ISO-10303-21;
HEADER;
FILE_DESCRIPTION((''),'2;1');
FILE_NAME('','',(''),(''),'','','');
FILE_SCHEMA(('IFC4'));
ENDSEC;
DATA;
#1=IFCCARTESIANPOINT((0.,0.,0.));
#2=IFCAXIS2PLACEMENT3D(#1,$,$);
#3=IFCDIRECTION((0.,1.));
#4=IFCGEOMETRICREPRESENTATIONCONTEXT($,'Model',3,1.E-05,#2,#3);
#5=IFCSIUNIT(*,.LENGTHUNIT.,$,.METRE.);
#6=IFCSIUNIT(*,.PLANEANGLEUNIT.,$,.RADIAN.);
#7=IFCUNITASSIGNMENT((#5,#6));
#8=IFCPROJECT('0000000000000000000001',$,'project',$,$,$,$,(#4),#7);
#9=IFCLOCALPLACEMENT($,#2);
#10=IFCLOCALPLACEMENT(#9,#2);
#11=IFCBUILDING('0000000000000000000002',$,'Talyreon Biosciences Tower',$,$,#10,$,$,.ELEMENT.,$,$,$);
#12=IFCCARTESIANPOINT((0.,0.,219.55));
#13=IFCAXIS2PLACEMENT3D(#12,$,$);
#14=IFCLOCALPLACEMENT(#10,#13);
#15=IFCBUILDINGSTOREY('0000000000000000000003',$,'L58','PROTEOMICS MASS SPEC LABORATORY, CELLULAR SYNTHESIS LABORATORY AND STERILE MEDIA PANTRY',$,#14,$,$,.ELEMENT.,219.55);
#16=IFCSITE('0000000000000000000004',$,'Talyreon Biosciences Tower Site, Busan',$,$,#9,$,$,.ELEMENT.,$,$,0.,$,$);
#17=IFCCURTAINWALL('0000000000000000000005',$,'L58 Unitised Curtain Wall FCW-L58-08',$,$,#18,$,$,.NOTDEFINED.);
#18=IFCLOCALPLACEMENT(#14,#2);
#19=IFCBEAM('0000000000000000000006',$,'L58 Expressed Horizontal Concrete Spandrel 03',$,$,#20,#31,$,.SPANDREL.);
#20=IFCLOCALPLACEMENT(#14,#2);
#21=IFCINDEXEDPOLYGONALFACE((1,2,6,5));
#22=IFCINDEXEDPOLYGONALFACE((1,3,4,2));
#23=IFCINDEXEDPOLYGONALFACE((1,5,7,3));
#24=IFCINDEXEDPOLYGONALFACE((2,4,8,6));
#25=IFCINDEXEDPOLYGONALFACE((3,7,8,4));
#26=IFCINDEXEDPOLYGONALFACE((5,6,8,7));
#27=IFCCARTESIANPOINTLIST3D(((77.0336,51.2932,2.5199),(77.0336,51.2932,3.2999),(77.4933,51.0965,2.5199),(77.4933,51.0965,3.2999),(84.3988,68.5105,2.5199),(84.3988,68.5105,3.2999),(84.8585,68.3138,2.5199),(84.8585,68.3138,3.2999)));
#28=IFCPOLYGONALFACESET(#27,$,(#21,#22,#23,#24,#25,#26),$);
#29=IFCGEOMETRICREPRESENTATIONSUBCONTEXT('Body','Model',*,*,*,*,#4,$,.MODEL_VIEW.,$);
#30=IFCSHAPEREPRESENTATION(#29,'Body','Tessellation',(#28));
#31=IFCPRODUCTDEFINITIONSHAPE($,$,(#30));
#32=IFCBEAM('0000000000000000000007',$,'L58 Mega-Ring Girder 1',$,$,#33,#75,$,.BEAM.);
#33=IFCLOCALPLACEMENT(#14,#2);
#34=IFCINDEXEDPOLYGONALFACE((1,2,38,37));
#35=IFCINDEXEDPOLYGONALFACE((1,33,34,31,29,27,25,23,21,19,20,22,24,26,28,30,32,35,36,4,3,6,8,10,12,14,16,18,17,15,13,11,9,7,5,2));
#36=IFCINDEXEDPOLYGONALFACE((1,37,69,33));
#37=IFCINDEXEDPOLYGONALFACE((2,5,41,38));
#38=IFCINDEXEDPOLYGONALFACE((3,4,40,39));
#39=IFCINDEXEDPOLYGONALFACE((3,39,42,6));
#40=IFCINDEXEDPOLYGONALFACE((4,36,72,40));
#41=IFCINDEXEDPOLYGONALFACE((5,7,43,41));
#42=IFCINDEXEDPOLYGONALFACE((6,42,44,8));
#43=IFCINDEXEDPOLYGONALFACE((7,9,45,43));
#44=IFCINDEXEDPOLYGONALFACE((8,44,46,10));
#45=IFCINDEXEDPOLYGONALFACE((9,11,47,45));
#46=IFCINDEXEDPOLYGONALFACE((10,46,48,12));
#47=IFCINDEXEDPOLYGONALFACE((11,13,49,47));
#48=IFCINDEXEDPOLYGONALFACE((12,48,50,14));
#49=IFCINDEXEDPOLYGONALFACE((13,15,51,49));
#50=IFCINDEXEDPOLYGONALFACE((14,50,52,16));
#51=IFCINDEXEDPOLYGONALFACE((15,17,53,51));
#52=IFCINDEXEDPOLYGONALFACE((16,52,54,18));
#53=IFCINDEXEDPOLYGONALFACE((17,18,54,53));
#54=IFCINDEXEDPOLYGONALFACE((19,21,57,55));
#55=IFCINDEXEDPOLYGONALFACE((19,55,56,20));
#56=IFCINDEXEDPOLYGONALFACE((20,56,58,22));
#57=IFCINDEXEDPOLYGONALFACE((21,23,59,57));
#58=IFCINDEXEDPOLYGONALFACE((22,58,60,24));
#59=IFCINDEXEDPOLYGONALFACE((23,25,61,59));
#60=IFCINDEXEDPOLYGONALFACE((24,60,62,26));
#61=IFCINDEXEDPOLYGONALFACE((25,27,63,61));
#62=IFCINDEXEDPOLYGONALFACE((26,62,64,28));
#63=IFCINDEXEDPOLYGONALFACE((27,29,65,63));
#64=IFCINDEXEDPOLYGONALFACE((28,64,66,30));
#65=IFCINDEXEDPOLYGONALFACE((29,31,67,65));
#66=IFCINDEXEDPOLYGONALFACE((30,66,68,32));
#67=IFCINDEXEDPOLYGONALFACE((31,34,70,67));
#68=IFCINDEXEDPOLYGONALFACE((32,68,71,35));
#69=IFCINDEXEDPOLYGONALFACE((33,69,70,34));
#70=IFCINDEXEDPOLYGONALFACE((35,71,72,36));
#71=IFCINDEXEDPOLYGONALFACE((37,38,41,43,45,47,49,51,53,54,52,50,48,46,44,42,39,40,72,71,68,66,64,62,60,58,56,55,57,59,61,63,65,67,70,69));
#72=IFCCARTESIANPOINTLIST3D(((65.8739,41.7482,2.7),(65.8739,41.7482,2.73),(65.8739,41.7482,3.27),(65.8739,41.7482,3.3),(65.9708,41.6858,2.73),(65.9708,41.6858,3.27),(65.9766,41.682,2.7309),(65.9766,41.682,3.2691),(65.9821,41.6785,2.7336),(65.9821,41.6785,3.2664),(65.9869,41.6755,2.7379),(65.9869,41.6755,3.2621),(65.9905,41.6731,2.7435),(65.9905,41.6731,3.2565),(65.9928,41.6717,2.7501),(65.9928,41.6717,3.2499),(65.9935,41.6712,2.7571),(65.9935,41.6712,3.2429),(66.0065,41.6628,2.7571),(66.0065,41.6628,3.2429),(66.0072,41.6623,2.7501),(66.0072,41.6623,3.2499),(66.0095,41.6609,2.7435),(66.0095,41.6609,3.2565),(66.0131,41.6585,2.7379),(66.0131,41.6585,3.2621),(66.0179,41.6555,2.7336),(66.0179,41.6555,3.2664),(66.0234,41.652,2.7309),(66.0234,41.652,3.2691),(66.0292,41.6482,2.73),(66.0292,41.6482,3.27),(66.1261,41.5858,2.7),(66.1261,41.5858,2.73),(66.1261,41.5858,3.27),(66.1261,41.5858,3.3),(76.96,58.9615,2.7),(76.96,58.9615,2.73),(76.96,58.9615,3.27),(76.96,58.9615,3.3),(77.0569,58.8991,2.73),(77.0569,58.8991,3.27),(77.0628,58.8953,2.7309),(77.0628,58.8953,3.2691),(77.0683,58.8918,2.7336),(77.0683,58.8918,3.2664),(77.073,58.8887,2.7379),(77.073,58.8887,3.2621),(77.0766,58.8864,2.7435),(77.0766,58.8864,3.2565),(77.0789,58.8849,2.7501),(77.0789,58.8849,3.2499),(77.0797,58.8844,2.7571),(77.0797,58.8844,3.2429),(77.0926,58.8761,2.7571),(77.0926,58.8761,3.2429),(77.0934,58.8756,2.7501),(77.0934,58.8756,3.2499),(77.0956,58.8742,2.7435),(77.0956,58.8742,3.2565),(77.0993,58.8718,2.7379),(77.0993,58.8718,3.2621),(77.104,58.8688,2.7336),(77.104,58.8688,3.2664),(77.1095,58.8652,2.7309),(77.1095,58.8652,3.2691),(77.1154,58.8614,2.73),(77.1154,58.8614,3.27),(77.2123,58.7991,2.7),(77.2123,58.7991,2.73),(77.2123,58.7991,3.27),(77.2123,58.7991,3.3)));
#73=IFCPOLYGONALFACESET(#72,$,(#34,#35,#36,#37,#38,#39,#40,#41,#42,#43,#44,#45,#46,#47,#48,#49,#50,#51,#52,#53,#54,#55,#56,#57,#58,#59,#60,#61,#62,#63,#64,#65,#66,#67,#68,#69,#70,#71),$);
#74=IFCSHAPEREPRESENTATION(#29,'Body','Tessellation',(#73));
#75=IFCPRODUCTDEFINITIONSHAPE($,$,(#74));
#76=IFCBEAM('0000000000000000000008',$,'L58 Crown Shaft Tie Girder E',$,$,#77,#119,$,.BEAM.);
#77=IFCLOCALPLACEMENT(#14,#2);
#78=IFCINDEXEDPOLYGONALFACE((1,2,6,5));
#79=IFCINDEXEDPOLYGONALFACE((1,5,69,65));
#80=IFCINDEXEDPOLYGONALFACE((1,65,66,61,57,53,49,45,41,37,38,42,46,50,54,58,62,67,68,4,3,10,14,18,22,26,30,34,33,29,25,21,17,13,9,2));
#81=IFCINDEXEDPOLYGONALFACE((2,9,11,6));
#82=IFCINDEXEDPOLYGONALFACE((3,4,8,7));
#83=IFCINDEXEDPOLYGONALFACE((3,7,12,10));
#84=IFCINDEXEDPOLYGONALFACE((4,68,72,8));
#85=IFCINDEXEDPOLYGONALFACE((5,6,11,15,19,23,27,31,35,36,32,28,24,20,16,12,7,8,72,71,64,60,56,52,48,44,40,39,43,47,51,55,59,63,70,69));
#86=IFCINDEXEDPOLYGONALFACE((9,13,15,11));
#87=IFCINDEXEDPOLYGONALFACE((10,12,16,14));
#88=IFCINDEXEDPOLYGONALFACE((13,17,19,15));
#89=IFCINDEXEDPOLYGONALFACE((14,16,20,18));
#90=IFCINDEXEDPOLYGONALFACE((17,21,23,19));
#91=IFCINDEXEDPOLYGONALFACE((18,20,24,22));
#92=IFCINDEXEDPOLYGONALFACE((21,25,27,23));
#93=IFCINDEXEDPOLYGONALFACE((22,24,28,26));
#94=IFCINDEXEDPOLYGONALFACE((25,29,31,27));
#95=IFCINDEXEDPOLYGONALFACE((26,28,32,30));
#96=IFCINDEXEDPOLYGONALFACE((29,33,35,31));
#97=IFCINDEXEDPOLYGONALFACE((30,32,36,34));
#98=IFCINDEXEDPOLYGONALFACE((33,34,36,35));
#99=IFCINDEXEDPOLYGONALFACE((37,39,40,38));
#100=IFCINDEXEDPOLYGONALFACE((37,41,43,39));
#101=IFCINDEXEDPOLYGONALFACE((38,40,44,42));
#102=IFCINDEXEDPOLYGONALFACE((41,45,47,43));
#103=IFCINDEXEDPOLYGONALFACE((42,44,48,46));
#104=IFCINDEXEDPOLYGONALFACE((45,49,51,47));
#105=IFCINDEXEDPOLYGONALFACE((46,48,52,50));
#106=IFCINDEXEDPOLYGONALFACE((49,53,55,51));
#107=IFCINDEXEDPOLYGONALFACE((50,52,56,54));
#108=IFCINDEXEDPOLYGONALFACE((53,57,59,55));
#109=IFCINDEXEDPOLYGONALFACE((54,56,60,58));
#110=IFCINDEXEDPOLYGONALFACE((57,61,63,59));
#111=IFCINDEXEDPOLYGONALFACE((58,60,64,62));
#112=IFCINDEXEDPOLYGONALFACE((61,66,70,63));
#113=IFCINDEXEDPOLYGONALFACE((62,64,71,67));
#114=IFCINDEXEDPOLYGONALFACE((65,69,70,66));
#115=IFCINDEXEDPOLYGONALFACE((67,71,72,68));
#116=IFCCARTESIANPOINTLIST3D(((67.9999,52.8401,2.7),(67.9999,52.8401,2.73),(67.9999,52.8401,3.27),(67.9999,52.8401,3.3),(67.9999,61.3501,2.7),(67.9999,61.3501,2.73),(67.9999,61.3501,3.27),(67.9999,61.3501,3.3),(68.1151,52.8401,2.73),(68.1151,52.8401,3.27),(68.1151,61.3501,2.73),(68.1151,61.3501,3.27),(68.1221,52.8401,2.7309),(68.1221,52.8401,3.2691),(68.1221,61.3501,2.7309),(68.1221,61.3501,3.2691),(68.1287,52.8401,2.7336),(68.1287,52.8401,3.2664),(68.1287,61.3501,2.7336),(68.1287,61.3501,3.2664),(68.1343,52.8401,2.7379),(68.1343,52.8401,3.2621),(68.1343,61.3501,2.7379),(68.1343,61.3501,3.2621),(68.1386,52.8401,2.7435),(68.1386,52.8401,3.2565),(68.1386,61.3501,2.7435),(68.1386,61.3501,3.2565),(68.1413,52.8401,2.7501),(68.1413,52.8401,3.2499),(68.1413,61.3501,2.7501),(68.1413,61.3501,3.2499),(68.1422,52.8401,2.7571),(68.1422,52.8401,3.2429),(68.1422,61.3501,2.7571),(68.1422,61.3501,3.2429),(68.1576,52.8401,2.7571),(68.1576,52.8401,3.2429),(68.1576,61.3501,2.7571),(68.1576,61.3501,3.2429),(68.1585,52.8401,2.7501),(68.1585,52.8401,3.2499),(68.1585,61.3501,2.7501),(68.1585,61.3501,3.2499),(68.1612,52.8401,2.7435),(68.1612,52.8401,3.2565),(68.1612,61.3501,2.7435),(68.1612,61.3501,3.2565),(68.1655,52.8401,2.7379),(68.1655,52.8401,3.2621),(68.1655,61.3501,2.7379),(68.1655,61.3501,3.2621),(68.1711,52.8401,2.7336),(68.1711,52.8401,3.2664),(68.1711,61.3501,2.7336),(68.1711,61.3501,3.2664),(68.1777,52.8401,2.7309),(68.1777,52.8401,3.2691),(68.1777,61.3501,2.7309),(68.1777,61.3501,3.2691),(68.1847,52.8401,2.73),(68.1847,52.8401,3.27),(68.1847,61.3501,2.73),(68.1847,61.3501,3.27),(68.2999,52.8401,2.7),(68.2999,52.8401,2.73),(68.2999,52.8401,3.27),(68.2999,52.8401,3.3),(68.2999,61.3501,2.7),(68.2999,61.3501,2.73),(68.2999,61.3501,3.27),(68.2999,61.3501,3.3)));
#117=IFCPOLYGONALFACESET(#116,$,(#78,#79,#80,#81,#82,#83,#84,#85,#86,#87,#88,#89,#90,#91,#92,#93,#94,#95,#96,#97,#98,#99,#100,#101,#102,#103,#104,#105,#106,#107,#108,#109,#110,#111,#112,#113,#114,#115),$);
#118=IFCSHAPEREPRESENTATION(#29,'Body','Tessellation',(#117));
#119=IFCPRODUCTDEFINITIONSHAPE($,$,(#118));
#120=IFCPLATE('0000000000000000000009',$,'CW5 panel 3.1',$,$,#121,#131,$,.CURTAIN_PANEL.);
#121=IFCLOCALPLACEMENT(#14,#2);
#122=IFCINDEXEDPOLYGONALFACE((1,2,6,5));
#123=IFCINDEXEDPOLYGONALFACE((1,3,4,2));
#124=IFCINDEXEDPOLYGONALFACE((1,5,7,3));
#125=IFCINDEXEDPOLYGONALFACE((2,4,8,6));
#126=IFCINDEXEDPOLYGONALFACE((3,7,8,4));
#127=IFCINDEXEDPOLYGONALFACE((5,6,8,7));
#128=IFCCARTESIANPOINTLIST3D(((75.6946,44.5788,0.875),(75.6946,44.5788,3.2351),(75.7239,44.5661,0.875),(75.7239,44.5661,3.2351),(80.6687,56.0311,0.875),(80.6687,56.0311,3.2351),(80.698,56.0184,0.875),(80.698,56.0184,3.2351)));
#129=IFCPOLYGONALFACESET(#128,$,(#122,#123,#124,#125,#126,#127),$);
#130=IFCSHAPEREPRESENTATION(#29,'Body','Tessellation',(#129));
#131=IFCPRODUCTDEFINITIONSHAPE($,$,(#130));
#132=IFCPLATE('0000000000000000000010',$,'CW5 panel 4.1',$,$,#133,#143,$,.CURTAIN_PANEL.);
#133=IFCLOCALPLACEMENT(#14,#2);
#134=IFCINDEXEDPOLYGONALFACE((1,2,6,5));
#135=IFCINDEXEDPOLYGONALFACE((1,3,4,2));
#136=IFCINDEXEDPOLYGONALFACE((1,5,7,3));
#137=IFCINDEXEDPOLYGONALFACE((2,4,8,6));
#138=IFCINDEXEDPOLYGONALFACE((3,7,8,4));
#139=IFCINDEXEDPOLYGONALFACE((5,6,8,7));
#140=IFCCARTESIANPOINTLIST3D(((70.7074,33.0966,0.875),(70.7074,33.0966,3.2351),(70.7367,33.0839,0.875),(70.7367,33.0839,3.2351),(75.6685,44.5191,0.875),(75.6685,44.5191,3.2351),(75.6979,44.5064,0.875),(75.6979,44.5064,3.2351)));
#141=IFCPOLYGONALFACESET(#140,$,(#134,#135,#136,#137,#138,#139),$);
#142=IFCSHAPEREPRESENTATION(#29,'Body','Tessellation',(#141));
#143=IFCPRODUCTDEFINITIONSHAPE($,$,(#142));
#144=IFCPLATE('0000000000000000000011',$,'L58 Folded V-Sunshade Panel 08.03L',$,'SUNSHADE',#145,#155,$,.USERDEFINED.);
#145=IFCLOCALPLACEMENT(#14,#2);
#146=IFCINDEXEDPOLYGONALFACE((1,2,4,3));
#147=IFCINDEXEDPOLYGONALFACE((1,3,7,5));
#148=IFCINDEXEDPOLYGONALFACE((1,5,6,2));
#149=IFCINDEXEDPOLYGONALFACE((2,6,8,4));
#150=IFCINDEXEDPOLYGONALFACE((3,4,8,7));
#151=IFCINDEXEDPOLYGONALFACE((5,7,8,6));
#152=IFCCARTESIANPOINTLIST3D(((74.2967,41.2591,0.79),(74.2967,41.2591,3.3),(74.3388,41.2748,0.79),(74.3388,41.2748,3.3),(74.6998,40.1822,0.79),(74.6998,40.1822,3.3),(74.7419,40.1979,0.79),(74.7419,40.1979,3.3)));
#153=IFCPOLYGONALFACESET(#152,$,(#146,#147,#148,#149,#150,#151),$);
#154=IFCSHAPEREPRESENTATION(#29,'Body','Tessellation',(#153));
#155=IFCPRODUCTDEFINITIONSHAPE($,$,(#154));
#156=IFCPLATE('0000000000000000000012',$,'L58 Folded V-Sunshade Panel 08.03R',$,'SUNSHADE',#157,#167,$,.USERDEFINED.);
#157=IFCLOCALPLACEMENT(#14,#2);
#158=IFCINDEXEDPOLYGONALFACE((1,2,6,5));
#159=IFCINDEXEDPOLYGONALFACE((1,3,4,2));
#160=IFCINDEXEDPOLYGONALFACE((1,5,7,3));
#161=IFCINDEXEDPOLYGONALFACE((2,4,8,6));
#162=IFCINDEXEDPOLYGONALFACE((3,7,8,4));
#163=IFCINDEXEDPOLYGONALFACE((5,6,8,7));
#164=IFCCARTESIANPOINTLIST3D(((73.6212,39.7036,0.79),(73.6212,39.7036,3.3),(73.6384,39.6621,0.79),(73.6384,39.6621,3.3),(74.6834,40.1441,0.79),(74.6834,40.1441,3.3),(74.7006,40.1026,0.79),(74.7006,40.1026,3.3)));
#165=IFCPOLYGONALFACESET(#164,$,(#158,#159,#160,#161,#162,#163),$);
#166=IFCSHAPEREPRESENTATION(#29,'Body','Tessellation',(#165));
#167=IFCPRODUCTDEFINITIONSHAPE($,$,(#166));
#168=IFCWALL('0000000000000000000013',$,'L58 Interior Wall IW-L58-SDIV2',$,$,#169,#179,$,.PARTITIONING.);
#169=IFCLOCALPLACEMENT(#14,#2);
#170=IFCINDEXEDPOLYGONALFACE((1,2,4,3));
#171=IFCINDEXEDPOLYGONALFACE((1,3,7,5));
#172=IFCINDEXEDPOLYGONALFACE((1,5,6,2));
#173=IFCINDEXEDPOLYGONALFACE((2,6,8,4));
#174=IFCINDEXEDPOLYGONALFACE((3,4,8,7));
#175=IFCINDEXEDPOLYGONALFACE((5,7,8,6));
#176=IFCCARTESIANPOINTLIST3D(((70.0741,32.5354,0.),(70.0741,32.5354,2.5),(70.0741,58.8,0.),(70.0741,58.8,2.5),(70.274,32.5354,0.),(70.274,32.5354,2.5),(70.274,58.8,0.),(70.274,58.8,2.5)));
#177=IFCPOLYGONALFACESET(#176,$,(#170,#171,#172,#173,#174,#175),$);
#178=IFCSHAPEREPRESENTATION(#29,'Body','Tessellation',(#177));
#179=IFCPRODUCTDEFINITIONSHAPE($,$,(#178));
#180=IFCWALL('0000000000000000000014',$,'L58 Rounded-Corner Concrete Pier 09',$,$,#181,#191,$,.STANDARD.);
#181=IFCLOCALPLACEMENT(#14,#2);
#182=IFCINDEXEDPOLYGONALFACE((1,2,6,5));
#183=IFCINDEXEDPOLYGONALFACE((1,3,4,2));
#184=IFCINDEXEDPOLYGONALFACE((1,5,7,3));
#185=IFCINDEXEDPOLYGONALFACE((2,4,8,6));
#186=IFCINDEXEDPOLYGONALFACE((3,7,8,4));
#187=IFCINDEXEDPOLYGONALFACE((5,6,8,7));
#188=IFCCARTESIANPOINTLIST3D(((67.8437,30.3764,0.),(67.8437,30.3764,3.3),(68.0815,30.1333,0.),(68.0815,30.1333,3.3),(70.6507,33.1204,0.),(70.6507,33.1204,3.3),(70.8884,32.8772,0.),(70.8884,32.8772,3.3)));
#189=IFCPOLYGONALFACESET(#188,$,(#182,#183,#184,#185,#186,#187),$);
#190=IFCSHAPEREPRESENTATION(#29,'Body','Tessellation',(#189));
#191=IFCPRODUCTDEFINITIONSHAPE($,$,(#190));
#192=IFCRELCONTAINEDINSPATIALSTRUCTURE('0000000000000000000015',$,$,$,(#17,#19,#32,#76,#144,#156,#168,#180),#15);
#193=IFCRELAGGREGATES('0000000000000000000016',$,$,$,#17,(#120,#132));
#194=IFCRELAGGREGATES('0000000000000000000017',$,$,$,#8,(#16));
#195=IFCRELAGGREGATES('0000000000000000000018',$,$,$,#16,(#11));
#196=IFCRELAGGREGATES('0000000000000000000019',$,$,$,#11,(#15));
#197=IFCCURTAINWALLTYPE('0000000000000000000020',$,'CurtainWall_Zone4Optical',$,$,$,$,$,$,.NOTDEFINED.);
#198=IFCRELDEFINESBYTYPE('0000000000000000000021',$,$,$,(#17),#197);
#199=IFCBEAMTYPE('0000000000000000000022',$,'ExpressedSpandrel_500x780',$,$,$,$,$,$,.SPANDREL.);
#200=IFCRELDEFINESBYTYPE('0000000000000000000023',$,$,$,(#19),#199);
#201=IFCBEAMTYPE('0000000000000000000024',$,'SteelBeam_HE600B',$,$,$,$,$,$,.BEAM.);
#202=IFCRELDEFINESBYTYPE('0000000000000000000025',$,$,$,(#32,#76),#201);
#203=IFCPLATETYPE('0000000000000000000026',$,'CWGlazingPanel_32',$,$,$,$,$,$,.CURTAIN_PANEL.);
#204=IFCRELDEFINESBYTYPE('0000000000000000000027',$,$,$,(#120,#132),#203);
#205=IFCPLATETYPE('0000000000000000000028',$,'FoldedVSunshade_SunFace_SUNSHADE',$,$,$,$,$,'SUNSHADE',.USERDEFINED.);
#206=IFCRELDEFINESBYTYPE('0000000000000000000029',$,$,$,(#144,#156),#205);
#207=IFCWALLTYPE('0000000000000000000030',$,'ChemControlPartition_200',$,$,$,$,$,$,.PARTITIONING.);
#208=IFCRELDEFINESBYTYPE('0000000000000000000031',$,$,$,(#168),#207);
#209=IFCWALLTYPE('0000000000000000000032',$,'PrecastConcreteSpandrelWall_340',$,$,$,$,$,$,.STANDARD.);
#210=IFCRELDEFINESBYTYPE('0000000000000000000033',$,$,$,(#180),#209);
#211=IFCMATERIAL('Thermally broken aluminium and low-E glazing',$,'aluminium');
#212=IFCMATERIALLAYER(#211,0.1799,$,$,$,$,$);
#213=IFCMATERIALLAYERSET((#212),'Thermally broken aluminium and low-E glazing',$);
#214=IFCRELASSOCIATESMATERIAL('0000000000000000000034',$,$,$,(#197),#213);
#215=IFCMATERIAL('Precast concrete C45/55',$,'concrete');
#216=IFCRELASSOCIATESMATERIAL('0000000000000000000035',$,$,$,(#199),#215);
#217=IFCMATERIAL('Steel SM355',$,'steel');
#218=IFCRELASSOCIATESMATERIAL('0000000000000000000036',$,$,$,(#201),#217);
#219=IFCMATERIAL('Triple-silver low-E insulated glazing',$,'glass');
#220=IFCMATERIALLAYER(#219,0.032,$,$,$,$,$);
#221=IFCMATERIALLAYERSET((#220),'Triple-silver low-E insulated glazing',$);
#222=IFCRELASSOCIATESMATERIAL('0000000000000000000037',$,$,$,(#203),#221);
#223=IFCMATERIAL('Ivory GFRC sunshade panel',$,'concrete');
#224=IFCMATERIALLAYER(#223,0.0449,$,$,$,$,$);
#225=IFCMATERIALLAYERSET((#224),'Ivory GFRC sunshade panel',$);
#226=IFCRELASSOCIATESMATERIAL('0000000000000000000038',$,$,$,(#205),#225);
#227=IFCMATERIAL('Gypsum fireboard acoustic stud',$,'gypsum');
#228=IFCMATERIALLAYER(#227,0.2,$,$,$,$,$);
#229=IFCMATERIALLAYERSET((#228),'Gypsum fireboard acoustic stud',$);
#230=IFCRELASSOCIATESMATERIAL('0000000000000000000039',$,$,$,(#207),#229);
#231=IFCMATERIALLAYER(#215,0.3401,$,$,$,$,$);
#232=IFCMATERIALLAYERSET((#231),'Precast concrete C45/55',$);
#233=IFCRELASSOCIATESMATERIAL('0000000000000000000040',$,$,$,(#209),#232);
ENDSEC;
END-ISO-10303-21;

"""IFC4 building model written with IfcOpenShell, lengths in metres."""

from ifc_helpers import new_model, si_unit, direction, frame, frame_2d, origin, origin_2d, place, context, subcontext, project, spatial, rectangle, i_section, extrude, material, layer, layer_set, material_profile, profile_set, type_object, element, aggregate, save


model = new_model("IFC4")

# Units and contexts
model_context = context("Model", 3, precision=1e-05, world=origin(), true_north=direction((0.0, 1.0)))
body_context = subcontext(model_context, "Body", "Model", "MODEL_VIEW")
ifc_project = project(units=[si_unit("LENGTHUNIT", "METRE"), si_unit("PLANEANGLEUNIT", "RADIAN")], contexts=[model_context])

# Site, building, storey
site_placement = place(None, origin())
site = spatial("IfcSite", under=ifc_project, at=site_placement, Name="Talyreon Biosciences Tower Site, Busan", CompositionType="ELEMENT", RefElevation=0.0)
building_placement = place(site_placement, origin())
building = spatial("IfcBuilding", under=site, at=building_placement, Name="Talyreon Biosciences Tower", CompositionType="ELEMENT")
storey_placement = place(building_placement, frame((0.0, 0.0, 219.55)))
storey = spatial("IfcBuildingStorey", under=building, at=storey_placement, Name="L58", Description="PROTEOMICS MASS SPEC LABORATORY, CELLULAR SYNTHESIS LABORATORY AND STERILE MEDIA PANTRY", CompositionType="ELEMENT", Elevation=219.55)

# Shared definitions
ifc_material_1 = material(Name="Precast concrete C45/55", Category="concrete")

# Curtain wall
ifc_material_2 = material(Name="Thermally broken aluminium and low-E glazing", Category="aluminium")
ifc_layer_1 = layer(ifc_material_2, 0.1799)
ifc_layer_set_1 = layer_set([ifc_layer_1], Name="Thermally broken aluminium and low-E glazing")
curtain_wall_type = type_object("IfcCurtainWallType", Name="CurtainWall_Zone4Optical", PredefinedType="NOTDEFINED", material=ifc_layer_set_1)
curtain_wall_placement = place(storey_placement, origin())
curtain_wall = element("IfcCurtainWall", 1, at=curtain_wall_placement, inside=storey, type_object=curtain_wall_type, Name="L58 Unitised Curtain Wall FCW-L58-08", PredefinedType="NOTDEFINED")

# Beams
ifc_material_profile_1 = material_profile(ifc_material_1, rectangle(XDim=0.5, YDim=0.78, at=origin_2d()), Name="RCB 500x780")
ifc_profile_set_1 = profile_set([ifc_material_profile_1], Name="Precast concrete C45/55")
beam_type_1 = type_object("IfcBeamType", Name="ExpressedSpandrel_500x780", PredefinedType="SPANDREL", material=ifc_profile_set_1)
beam_1_placement = place(storey_placement, frame((77.2634, 51.1948, 2.9099), z_axis=(0.393306, 0.919408, 0.0), x_axis=(-0.919408, 0.393306, 0.0)))
element("IfcBeam", 2, at=beam_1_placement, inside=storey, type_object=beam_type_1, Name="L58 Expressed Horizontal Concrete Spandrel 03", PredefinedType="SPANDREL", context=body_context, shape_type="SweptSolid", body=[
    extrude(rectangle(XDim=0.5, YDim=0.78, at=origin_2d()), origin(), (0.0, 0.0, 1.0), 18.7266),
])
ifc_material_3 = material(Name="Steel SM355", Category="steel")
ifc_material_profile_2 = material_profile(ifc_material_3, i_section(OverallWidth=0.3, OverallDepth=0.6001, WebThickness=0.0154, FlangeThickness=0.03, FilletRadius=0.0271, at=origin_2d()), Name="HE600B")
ifc_profile_set_2 = profile_set([ifc_material_profile_2], Name="Steel SM355")
beam_type_2 = type_object("IfcBeamType", Name="SteelBeam_HE600B", PredefinedType="BEAM", material=ifc_profile_set_2)
beam_2_placement = place(storey_placement, frame((66.0, 41.667, 3.0), z_axis=(0.541464, 0.840724, 0.0), x_axis=(-0.840724, 0.541464, 0.0)))
element("IfcBeam", 3, at=beam_2_placement, inside=storey, type_object=beam_type_2, Name="L58 Mega-Ring Girder 1", PredefinedType="BEAM", context=body_context, shape_type="SweptSolid", body=[
    extrude(i_section(OverallWidth=0.3, OverallDepth=0.6001, WebThickness=0.0154, FlangeThickness=0.03, FilletRadius=0.0271, at=origin_2d()), origin(), (0.0, 0.0, 1.0), 20.4744),
])
beam_3_placement = place(storey_placement, frame((68.1499, 52.8401, 3.0), z_axis=(0.0, 1.0, 0.0), x_axis=(-1.0, 0.0, 0.0)))
element("IfcBeam", 4, at=beam_3_placement, inside=storey, type_object=beam_type_2, Name="L58 Crown Shaft Tie Girder E", PredefinedType="BEAM", context=body_context, shape_type="SweptSolid", body=[
    extrude(i_section(OverallWidth=0.3, OverallDepth=0.6001, WebThickness=0.0154, FlangeThickness=0.03, FilletRadius=0.0271, at=origin_2d()), origin(), (0.0, 0.0, 1.0), 8.51),
])

# Plates
ifc_material_4 = material(Name="Triple-silver low-E insulated glazing", Category="glass")
ifc_layer_2 = layer(ifc_material_4, 0.032)
ifc_layer_set_2 = layer_set([ifc_layer_2], Name="Triple-silver low-E insulated glazing")
plate_type_1 = type_object("IfcPlateType", Name="CWGlazingPanel_32", PredefinedType="CURTAIN_PANEL", material=ifc_layer_set_2)
plate_1_placement = place(storey_placement, frame((78.1963, 50.2986, 0.875), z_axis=(0.0, 0.0, 1.0), x_axis=(-0.398376, -0.917222, 0.0)))
plate_1 = element("IfcPlate", 5, at=plate_1_placement, type_object=plate_type_1, Name="CW5 panel 3.1", PredefinedType="CURTAIN_PANEL", context=body_context, shape_type="SweptSolid", body=[
    extrude(rectangle(XDim=12.4858, YDim=0.032, at=origin_2d()), origin(), (0.0, 0.0, 1.0), 2.3601),
])
plate_2_placement = place(storey_placement, frame((73.2026, 38.8015, 0.875), z_axis=(0.0, 0.0, 1.0), x_axis=(-0.398376, -0.917222, 0.0)))
plate_2 = element("IfcPlate", 6, at=plate_2_placement, type_object=plate_type_1, Name="CW5 panel 4.1", PredefinedType="CURTAIN_PANEL", context=body_context, shape_type="SweptSolid", body=[
    extrude(rectangle(XDim=12.4534, YDim=0.032, at=origin_2d()), origin(), (0.0, 0.0, 1.0), 2.3601),
])
aggregate(curtain_wall, [plate_1, plate_2])

# Plates
ifc_material_5 = material(Name="Ivory GFRC sunshade panel", Category="concrete")
ifc_layer_3 = layer(ifc_material_5, 0.0449)
ifc_layer_set_3 = layer_set([ifc_layer_3], Name="Ivory GFRC sunshade panel")
plate_type_2 = type_object("IfcPlateType", Name="FoldedVSunshade_SunFace_SUNSHADE", ElementType="SUNSHADE", PredefinedType="USERDEFINED", material=ifc_layer_set_3)
for number, where, z_axis, x_axis, name in (
    (7, (74.5193, 40.7285, 0.79), (0.0, 0.0, 1.0), (0.350583, -0.936532, 0.0), "L58 Folded V-Sunshade Panel 08.03L"),
    (8, (74.1609, 39.9031, 0.79), (0.0, 0.0, 1.0), (-0.923726, -0.383054, 0.0), "L58 Folded V-Sunshade Panel 08.03R"),
):
    element("IfcPlate", number, at=place(storey_placement, frame(where, z_axis=z_axis, x_axis=x_axis)), inside=storey, type_object=plate_type_2, Name=name, ObjectType="SUNSHADE", PredefinedType="USERDEFINED", context=body_context, shape_type="SweptSolid", body=[
        extrude(rectangle(XDim=1.1499, YDim=0.0449, at=origin_2d()), origin(), (0.0, 0.0, 1.0), 2.51),
    ])

# Walls
ifc_material_6 = material(Name="Gypsum fireboard acoustic stud", Category="gypsum")
ifc_layer_4 = layer(ifc_material_6, 0.2)
ifc_layer_set_4 = layer_set([ifc_layer_4], Name="Gypsum fireboard acoustic stud")
wall_type_1 = type_object("IfcWallType", Name="ChemControlPartition_200", PredefinedType="PARTITIONING", material=ifc_layer_set_4)
wall_placement = place(storey_placement, frame((70.1741, 32.5354, 0.0), z_axis=(0.0, 0.0, 1.0), x_axis=(0.0, 1.0, 0.0)))
element("IfcWall", 9, at=wall_placement, inside=storey, type_object=wall_type_1, Name="L58 Interior Wall IW-L58-SDIV2", PredefinedType="PARTITIONING", context=body_context, shape_type="SweptSolid", body=[
    extrude(rectangle(XDim=26.2646, YDim=0.2, at=frame_2d((13.1323, 0.0))), origin(), (0.0, 0.0, 1.0), 2.5),
])
ifc_layer_5 = layer(ifc_material_1, 0.3401)
ifc_layer_set_5 = layer_set([ifc_layer_5], Name="Precast concrete C45/55")
wall_type_2 = type_object("IfcWallType", Name="PrecastConcreteSpandrelWall_340", PredefinedType="STANDARD", material=ifc_layer_set_5)
for number, where, z_axis, x_axis, name in (
    (10, (70.7695, 32.9988, 0.0), (0.0, 0.0, 1.0), (-0.715085, -0.699038, 0.0), "L58 Rounded-Corner Concrete Pier 09"),
):
    element("IfcWall", number, at=place(storey_placement, frame(where, z_axis=z_axis, x_axis=x_axis)), inside=storey, type_object=wall_type_2, Name=name, PredefinedType="STANDARD", context=body_context, shape_type="SweptSolid", body=[
        extrude(rectangle(XDim=3.9253, YDim=0.3401, at=frame_2d((1.9626, 0.0))), origin(), (0.0, 0.0, 1.0), 3.3),
    ])

save(model, "model.ifc")
